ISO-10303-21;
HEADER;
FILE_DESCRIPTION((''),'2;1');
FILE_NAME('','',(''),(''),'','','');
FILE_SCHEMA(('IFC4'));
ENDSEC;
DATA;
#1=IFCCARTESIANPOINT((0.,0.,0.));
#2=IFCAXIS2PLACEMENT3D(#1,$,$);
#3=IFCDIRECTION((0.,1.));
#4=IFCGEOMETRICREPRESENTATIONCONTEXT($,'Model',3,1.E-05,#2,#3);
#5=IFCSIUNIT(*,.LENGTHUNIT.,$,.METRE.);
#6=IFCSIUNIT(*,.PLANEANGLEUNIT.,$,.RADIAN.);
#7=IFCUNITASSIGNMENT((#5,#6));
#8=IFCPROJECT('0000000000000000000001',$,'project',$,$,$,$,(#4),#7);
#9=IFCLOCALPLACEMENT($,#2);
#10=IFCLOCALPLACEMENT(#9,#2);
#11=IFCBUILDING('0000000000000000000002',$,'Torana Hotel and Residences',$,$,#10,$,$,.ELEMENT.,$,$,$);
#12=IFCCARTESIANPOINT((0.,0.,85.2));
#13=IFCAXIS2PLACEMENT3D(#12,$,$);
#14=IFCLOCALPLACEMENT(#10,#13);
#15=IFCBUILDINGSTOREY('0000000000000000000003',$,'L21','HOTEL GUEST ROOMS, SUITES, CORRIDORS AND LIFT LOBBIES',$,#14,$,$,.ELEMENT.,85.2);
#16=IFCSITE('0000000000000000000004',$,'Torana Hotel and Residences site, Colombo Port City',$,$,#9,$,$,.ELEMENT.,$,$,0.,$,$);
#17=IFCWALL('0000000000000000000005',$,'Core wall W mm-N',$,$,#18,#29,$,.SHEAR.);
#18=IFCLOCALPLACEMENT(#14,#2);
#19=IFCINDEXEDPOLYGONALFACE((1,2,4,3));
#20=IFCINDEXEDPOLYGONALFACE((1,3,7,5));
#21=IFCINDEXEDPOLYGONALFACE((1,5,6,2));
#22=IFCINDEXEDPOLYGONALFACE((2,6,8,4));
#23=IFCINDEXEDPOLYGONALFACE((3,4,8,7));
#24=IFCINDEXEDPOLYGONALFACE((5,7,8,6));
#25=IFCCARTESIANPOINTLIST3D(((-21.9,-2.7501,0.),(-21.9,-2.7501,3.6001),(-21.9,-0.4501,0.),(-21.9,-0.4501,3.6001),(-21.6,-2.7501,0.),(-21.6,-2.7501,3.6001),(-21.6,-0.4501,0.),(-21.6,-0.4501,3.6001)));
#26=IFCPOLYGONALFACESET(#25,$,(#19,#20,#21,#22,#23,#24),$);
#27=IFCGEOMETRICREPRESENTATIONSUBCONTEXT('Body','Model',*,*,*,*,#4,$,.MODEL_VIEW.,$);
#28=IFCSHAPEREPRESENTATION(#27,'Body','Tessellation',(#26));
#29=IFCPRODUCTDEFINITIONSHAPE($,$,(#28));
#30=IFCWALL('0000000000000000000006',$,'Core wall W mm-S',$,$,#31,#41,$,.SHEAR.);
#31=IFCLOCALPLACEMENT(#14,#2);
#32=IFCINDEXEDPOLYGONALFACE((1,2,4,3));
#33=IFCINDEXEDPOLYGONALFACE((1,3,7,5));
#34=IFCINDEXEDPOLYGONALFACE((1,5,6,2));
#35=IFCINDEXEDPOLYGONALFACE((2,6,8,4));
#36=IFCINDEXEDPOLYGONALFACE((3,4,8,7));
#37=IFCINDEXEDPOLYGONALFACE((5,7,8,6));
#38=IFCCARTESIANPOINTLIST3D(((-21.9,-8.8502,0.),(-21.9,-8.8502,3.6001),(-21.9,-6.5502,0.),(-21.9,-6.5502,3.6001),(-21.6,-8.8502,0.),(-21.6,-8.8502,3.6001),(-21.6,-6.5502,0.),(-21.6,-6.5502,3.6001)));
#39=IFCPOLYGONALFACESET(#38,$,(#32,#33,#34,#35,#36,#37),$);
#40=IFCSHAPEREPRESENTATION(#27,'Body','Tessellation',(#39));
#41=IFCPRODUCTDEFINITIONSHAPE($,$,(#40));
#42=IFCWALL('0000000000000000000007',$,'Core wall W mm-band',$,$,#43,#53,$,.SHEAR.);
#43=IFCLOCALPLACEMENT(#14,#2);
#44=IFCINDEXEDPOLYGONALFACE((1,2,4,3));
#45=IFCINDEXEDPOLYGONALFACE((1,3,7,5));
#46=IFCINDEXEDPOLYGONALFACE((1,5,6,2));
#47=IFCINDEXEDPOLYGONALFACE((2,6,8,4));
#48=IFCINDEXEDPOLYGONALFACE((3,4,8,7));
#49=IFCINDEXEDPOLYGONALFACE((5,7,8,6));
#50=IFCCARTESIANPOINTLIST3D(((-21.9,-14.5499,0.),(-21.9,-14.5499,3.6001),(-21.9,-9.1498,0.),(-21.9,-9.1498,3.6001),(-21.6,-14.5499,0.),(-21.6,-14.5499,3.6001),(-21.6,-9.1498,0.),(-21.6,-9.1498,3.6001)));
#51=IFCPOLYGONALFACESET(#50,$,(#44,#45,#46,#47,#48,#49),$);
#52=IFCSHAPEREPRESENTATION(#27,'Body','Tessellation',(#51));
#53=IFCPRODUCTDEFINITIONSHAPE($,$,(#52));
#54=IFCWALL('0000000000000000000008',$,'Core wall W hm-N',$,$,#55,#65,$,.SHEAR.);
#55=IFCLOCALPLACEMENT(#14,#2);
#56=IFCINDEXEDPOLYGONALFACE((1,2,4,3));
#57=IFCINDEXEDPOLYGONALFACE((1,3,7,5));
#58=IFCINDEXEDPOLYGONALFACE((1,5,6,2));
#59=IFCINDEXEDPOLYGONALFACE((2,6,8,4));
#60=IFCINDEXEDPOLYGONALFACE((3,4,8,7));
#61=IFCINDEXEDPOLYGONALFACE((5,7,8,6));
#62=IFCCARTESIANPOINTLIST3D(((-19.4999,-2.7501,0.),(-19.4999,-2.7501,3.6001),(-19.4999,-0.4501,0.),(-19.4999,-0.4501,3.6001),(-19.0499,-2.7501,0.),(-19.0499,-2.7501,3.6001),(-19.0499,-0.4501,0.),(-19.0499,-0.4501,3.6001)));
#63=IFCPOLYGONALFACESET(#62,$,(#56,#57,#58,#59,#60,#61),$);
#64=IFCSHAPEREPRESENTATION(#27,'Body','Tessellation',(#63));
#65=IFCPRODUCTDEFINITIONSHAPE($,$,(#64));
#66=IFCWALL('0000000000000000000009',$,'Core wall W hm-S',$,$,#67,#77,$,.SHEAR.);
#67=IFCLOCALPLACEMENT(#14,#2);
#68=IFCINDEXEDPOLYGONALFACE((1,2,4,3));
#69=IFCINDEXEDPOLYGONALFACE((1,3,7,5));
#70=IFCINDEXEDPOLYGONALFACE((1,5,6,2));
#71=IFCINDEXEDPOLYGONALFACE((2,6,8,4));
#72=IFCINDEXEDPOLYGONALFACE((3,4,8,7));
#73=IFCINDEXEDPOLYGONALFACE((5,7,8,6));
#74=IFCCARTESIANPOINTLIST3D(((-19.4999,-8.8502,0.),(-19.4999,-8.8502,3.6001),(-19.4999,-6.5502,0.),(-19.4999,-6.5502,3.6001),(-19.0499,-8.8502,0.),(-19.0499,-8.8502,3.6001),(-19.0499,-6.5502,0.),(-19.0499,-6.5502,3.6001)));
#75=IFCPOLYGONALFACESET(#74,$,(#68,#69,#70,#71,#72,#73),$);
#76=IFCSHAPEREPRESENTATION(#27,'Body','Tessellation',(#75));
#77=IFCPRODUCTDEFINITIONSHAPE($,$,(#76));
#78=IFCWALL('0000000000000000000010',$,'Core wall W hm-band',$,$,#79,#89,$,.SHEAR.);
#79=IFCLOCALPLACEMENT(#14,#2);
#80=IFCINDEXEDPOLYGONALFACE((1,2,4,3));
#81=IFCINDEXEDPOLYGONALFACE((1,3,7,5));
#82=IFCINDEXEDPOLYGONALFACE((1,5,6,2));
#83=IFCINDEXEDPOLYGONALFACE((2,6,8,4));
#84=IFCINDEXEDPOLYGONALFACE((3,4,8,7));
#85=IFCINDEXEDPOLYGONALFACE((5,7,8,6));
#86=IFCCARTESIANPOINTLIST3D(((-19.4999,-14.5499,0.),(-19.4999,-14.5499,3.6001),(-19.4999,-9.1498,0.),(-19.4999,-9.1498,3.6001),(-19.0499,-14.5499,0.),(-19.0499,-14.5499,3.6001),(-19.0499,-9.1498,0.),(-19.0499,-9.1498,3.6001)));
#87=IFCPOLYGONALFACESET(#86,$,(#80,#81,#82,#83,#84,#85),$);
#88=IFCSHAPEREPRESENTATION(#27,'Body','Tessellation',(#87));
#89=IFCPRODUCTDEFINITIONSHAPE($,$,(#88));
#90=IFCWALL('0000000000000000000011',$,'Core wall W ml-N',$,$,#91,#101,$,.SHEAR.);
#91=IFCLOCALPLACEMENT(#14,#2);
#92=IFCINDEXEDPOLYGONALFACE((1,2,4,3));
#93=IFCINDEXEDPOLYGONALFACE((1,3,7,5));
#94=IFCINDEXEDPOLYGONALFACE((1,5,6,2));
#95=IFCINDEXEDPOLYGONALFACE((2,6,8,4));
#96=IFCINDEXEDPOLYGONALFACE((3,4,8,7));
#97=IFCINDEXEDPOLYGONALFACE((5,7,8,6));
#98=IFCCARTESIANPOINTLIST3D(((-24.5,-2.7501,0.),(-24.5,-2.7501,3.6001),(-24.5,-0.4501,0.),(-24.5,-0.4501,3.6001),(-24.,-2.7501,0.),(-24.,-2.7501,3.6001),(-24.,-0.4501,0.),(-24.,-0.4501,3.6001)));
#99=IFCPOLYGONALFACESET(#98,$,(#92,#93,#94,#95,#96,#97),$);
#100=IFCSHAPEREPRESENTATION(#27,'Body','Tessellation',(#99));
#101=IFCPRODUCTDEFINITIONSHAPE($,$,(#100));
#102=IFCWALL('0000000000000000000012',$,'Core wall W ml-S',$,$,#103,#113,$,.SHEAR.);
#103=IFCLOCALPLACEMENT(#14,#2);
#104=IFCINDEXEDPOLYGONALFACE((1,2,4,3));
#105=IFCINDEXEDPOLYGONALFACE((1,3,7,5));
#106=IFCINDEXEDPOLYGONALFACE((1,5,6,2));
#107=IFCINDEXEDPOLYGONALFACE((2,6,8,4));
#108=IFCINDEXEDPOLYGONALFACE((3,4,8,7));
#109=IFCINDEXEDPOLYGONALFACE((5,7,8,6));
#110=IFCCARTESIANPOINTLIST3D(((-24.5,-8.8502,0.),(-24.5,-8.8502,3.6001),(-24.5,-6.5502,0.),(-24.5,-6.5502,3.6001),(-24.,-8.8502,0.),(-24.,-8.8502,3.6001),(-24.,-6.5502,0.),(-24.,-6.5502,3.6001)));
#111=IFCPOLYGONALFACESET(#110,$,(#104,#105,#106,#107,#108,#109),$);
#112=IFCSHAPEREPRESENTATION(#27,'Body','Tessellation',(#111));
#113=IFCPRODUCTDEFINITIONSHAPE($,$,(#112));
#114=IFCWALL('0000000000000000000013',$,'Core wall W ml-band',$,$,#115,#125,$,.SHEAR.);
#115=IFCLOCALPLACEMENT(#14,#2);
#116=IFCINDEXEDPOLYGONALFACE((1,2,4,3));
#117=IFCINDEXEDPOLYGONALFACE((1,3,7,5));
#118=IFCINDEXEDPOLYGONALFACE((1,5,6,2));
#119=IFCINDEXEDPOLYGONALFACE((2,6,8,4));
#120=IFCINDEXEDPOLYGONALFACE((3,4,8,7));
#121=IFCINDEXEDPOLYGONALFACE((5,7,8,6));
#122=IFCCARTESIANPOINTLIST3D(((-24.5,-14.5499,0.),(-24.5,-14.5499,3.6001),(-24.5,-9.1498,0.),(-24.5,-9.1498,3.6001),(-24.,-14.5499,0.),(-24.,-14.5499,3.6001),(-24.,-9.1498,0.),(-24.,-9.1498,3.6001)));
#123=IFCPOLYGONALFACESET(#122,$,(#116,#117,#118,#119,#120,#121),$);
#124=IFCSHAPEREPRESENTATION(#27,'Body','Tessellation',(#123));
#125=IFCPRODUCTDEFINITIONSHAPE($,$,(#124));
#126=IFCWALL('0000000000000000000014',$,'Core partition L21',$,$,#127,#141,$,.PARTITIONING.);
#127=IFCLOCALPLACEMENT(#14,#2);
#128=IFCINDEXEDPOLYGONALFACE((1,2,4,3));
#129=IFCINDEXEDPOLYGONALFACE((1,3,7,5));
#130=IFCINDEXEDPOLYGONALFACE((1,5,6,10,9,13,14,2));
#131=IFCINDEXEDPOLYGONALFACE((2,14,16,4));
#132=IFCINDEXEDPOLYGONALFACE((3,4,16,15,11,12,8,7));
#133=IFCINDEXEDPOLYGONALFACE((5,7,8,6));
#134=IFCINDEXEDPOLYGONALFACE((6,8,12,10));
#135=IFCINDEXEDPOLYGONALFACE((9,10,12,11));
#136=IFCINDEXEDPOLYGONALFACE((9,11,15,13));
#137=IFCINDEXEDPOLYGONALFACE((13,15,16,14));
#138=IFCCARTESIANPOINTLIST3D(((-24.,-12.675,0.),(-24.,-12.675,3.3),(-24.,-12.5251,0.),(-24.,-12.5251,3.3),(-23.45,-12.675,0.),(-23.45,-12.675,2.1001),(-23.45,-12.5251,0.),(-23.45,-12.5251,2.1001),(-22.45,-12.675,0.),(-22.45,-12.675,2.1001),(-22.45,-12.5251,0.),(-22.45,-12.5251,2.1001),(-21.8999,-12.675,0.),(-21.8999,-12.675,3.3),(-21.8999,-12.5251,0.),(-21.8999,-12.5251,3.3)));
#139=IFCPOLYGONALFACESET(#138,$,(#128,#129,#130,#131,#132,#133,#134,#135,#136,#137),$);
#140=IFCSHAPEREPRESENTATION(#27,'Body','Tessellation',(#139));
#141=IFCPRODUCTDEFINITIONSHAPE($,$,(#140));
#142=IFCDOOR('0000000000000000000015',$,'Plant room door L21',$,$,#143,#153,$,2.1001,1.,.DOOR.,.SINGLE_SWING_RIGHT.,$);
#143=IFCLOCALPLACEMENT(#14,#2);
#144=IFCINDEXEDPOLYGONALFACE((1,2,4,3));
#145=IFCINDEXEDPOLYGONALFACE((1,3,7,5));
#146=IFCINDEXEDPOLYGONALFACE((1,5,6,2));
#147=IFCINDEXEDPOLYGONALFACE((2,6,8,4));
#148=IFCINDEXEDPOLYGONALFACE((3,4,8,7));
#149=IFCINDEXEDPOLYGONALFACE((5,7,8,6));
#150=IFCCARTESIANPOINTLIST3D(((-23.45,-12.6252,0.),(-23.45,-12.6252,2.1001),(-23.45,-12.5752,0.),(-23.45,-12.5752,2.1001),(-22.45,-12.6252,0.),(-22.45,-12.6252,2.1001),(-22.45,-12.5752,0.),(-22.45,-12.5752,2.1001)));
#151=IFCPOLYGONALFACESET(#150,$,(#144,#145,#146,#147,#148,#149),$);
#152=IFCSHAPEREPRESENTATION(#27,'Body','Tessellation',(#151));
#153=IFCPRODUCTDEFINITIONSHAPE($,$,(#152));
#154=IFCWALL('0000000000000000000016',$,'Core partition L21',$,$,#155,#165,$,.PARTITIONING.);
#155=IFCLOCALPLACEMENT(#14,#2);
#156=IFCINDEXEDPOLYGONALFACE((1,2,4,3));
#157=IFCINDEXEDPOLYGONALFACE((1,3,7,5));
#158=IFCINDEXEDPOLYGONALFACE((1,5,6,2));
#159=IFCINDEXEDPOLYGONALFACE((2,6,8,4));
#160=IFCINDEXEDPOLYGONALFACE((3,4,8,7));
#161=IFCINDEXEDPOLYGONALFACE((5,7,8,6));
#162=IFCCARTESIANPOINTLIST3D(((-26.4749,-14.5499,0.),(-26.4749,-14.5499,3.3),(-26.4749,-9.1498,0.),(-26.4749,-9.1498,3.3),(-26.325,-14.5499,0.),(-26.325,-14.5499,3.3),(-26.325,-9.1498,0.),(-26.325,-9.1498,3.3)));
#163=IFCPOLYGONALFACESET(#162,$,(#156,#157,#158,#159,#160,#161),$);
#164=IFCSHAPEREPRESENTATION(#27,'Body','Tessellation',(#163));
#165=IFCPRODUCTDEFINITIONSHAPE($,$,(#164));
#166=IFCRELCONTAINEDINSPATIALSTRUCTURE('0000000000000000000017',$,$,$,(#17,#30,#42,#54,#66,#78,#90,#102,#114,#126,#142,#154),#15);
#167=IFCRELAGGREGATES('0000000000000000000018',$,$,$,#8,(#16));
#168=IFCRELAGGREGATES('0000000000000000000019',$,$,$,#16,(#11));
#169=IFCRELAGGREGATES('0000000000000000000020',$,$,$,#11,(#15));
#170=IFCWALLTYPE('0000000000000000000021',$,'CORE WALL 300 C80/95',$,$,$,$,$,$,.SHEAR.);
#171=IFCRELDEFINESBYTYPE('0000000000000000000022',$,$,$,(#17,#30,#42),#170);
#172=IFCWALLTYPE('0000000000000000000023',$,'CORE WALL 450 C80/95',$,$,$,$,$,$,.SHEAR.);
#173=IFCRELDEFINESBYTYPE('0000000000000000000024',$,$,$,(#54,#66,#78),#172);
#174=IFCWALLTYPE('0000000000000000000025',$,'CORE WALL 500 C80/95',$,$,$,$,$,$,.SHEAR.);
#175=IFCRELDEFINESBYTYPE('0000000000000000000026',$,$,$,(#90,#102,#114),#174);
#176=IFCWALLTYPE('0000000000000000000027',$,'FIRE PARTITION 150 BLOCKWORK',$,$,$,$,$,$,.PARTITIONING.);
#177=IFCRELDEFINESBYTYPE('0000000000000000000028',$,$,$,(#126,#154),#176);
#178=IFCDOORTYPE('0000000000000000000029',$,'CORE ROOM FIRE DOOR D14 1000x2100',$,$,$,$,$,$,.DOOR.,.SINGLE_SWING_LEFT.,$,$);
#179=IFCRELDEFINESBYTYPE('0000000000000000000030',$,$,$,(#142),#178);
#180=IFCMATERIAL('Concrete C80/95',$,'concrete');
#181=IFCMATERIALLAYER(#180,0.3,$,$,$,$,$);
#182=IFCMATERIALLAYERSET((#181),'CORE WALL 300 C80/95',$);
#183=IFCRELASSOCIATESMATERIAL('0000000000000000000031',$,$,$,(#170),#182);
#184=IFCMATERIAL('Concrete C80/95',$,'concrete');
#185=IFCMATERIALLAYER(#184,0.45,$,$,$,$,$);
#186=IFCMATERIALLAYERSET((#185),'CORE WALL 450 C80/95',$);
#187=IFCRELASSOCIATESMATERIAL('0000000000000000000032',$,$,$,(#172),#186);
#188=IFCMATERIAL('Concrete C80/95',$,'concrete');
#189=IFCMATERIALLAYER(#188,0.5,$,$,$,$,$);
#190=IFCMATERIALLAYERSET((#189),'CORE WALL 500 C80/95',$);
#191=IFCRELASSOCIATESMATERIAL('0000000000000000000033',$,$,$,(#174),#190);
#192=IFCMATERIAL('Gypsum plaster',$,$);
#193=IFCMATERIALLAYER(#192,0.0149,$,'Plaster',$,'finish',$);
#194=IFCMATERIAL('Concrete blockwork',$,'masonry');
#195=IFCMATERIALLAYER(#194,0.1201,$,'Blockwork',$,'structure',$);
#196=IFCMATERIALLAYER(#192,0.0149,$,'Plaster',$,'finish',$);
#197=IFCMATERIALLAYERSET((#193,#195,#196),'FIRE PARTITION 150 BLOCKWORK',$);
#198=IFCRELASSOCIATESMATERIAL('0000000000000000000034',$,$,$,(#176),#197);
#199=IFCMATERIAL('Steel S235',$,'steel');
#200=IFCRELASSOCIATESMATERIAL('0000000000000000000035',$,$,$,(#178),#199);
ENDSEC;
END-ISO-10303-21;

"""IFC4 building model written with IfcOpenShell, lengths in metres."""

from ifc_helpers import new_model, si_unit, direction, frame, frame_2d, origin, place, context, subcontext, project, spatial, rectangle, extrude, material, layer, layer_set, type_object, element, fill, save


model = new_model("IFC4")

# Units and contexts
model_context = context("Model", 3, precision=1e-05, world=origin(), true_north=direction((0.0, 1.0)))
body_context = subcontext(model_context, "Body", "Model", "MODEL_VIEW")
ifc_project = project(units=[si_unit("LENGTHUNIT", "METRE"), si_unit("PLANEANGLEUNIT", "RADIAN")], contexts=[model_context])

# Site, building, storey
site_placement = place(None, origin())
site = spatial("IfcSite", under=ifc_project, at=site_placement, Name="Torana Hotel and Residences site, Colombo Port City", CompositionType="ELEMENT", RefElevation=0.0)
building_placement = place(site_placement, origin())
building = spatial("IfcBuilding", under=site, at=building_placement, Name="Torana Hotel and Residences", CompositionType="ELEMENT")
storey_placement = place(building_placement, frame((0.0, 0.0, 85.2)))
storey = spatial("IfcBuildingStorey", under=building, at=storey_placement, Name="L21", Description="HOTEL GUEST ROOMS, SUITES, CORRIDORS AND LIFT LOBBIES", CompositionType="ELEMENT", Elevation=85.2)

# Walls
ifc_material_1 = material(Name="Concrete C80/95", Category="concrete")
ifc_layer_1 = layer(ifc_material_1, 0.3)
ifc_layer_set_1 = layer_set([ifc_layer_1], Name="CORE WALL 300 C80/95")
wall_type_1 = type_object("IfcWallType", Name="CORE WALL 300 C80/95", PredefinedType="SHEAR", material=ifc_layer_set_1)
for number, where, z_axis, x_axis, name in (
    (1, (-21.75, -2.75, 0.0), (0.0, 0.0, 1.0), (0.0, 1.0, 0.0), "Core wall W mm-N"),
    (2, (-21.75, -8.8501, 0.0), (0.0, 0.0, 1.0), (0.0, 1.0, 0.0), "Core wall W mm-S"),
):
    element("IfcWall", number, at=place(storey_placement, frame(where, z_axis=z_axis, x_axis=x_axis)), inside=storey, type_object=wall_type_1, Name=name, PredefinedType="SHEAR", context=body_context, shape_type="SweptSolid", body=[
        extrude(rectangle(XDim=2.3, YDim=0.3, at=frame_2d((1.1499, 0.0))), origin(), (0.0, 0.0, 1.0), 3.6001),
    ])
wall_1_placement = place(storey_placement, frame((-21.75, -14.55, 0.0), z_axis=(0.0, 0.0, 1.0), x_axis=(0.0, 1.0, 0.0)))
element("IfcWall", 3, at=wall_1_placement, inside=storey, type_object=wall_type_1, Name="Core wall W mm-band", PredefinedType="SHEAR", context=body_context, shape_type="SweptSolid", body=[
    extrude(rectangle(XDim=5.4001, YDim=0.3, at=frame_2d((2.7002, 0.0))), origin(), (0.0, 0.0, 1.0), 3.6001),
])
ifc_material_2 = material(Name="Concrete C80/95", Category="concrete")
ifc_layer_2 = layer(ifc_material_2, 0.45)
ifc_layer_set_2 = layer_set([ifc_layer_2], Name="CORE WALL 450 C80/95")
wall_type_2 = type_object("IfcWallType", Name="CORE WALL 450 C80/95", PredefinedType="SHEAR", material=ifc_layer_set_2)
for number, where, z_axis, x_axis, name in (
    (4, (-19.2749, -2.75, 0.0), (0.0, 0.0, 1.0), (0.0, 1.0, 0.0), "Core wall W hm-N"),
    (5, (-19.2749, -8.8501, 0.0), (0.0, 0.0, 1.0), (0.0, 1.0, 0.0), "Core wall W hm-S"),
):
    element("IfcWall", number, at=place(storey_placement, frame(where, z_axis=z_axis, x_axis=x_axis)), inside=storey, type_object=wall_type_2, Name=name, PredefinedType="SHEAR", context=body_context, shape_type="SweptSolid", body=[
        extrude(rectangle(XDim=2.3, YDim=0.45, at=frame_2d((1.1499, 0.0))), origin(), (0.0, 0.0, 1.0), 3.6001),
    ])
wall_2_placement = place(storey_placement, frame((-19.2749, -14.55, 0.0), z_axis=(0.0, 0.0, 1.0), x_axis=(0.0, 1.0, 0.0)))
element("IfcWall", 6, at=wall_2_placement, inside=storey, type_object=wall_type_2, Name="Core wall W hm-band", PredefinedType="SHEAR", context=body_context, shape_type="SweptSolid", body=[
    extrude(rectangle(XDim=5.4001, YDim=0.45, at=frame_2d((2.7002, 0.0))), origin(), (0.0, 0.0, 1.0), 3.6001),
])
ifc_material_3 = material(Name="Concrete C80/95", Category="concrete")
ifc_layer_3 = layer(ifc_material_3, 0.5)
ifc_layer_set_3 = layer_set([ifc_layer_3], Name="CORE WALL 500 C80/95")
wall_type_3 = type_object("IfcWallType", Name="CORE WALL 500 C80/95", PredefinedType="SHEAR", material=ifc_layer_set_3)
for number, where, z_axis, x_axis, name in (
    (7, (-24.25, -2.75, 0.0), (0.0, 0.0, 1.0), (0.0, 1.0, 0.0), "Core wall W ml-N"),
    (8, (-24.25, -8.8501, 0.0), (0.0, 0.0, 1.0), (0.0, 1.0, 0.0), "Core wall W ml-S"),
):
    element("IfcWall", number, at=place(storey_placement, frame(where, z_axis=z_axis, x_axis=x_axis)), inside=storey, type_object=wall_type_3, Name=name, PredefinedType="SHEAR", context=body_context, shape_type="SweptSolid", body=[
        extrude(rectangle(XDim=2.3, YDim=0.5, at=frame_2d((1.1499, 0.0))), origin(), (0.0, 0.0, 1.0), 3.6001),
    ])
wall_3_placement = place(storey_placement, frame((-24.25, -14.55, 0.0), z_axis=(0.0, 0.0, 1.0), x_axis=(0.0, 1.0, 0.0)))
element("IfcWall", 9, at=wall_3_placement, inside=storey, type_object=wall_type_3, Name="Core wall W ml-band", PredefinedType="SHEAR", context=body_context, shape_type="SweptSolid", body=[
    extrude(rectangle(XDim=5.4001, YDim=0.5, at=frame_2d((2.7002, 0.0))), origin(), (0.0, 0.0, 1.0), 3.6001),
])

# Wall, opening, door
ifc_material_4 = material(Name="Gypsum plaster")
ifc_layer_4 = layer(ifc_material_4, 0.0149, Name="Plaster", Category="finish")
ifc_material_5 = material(Name="Concrete blockwork", Category="masonry")
ifc_layer_5 = layer(ifc_material_5, 0.1201, Name="Blockwork", Category="structure")
ifc_layer_6 = layer(ifc_material_4, 0.0149, Name="Plaster", Category="finish")
ifc_layer_set_4 = layer_set([ifc_layer_4, ifc_layer_5, ifc_layer_6], Name="FIRE PARTITION 150 BLOCKWORK")
wall_type_4 = type_object("IfcWallType", Name="FIRE PARTITION 150 BLOCKWORK", PredefinedType="PARTITIONING", material=ifc_layer_set_4)
wall_4_placement = place(storey_placement, frame((-24.0, -12.6001, 0.0), z_axis=(0.0, 0.0, 1.0), x_axis=(1.0, 0.0, 0.0)))
wall_4 = element("IfcWall", 10, at=wall_4_placement, inside=storey, type_object=wall_type_4, Name="Core partition L21", PredefinedType="PARTITIONING", context=body_context, shape_type="SweptSolid", body=[
    extrude(rectangle(XDim=2.1001, YDim=0.1499, at=frame_2d((1.05, 0.0))), origin(), (0.0, 0.0, 1.0), 3.3),
])
opening_placement = place(wall_4_placement, frame((0.55, 0.0, 0.0)))
opening = element("IfcOpeningElement", 11, at=opening_placement, cuts=wall_4, PredefinedType="OPENING", context=body_context, shape_type="SweptSolid", body=[
    extrude(rectangle(XDim=1.0, YDim=2.1001, at=frame_2d((0.5, 1.05))), frame((0.0, 0.085, 0.0), z_axis=(0.0, -1.0, 0.0), x_axis=(1.0, 0.0, 0.0)), (0.0, 0.0, 1.0), 0.1699),
])
ifc_material_6 = material(Name="Steel S235", Category="steel")
door_type = type_object("IfcDoorType", Name="CORE ROOM FIRE DOOR D14 1000x2100", OperationType="SINGLE_SWING_LEFT", PredefinedType="DOOR", material=ifc_material_6)
door_placement = place(opening_placement, origin())
door = element("IfcDoor", 12, at=door_placement, inside=storey, type_object=door_type, Name="Plant room door L21", OperationType="SINGLE_SWING_RIGHT", OverallHeight=2.1001, OverallWidth=1.0, PredefinedType="DOOR", context=body_context, shape_type="SweptSolid", body=[
    extrude(rectangle(XDim=1.0, YDim=2.1001, at=frame_2d((0.5, 1.05))), frame((0.0, 0.0249, 0.0), z_axis=(0.0, -1.0, 0.0), x_axis=(1.0, 0.0, 0.0)), (0.0, 0.0, 1.0), 0.05),
])
fill(opening, door)

# Wall
wall_5_placement = place(storey_placement, frame((-26.3999, -14.55, 0.0), z_axis=(0.0, 0.0, 1.0), x_axis=(0.0, 1.0, 0.0)))
element("IfcWall", 13, at=wall_5_placement, inside=storey, type_object=wall_type_4, Name="Core partition L21", PredefinedType="PARTITIONING", context=body_context, shape_type="SweptSolid", body=[
    extrude(rectangle(XDim=5.4001, YDim=0.1499, at=frame_2d((2.7002, 0.0))), origin(), (0.0, 0.0, 1.0), 3.3),
])

save(model, "model.ifc")
